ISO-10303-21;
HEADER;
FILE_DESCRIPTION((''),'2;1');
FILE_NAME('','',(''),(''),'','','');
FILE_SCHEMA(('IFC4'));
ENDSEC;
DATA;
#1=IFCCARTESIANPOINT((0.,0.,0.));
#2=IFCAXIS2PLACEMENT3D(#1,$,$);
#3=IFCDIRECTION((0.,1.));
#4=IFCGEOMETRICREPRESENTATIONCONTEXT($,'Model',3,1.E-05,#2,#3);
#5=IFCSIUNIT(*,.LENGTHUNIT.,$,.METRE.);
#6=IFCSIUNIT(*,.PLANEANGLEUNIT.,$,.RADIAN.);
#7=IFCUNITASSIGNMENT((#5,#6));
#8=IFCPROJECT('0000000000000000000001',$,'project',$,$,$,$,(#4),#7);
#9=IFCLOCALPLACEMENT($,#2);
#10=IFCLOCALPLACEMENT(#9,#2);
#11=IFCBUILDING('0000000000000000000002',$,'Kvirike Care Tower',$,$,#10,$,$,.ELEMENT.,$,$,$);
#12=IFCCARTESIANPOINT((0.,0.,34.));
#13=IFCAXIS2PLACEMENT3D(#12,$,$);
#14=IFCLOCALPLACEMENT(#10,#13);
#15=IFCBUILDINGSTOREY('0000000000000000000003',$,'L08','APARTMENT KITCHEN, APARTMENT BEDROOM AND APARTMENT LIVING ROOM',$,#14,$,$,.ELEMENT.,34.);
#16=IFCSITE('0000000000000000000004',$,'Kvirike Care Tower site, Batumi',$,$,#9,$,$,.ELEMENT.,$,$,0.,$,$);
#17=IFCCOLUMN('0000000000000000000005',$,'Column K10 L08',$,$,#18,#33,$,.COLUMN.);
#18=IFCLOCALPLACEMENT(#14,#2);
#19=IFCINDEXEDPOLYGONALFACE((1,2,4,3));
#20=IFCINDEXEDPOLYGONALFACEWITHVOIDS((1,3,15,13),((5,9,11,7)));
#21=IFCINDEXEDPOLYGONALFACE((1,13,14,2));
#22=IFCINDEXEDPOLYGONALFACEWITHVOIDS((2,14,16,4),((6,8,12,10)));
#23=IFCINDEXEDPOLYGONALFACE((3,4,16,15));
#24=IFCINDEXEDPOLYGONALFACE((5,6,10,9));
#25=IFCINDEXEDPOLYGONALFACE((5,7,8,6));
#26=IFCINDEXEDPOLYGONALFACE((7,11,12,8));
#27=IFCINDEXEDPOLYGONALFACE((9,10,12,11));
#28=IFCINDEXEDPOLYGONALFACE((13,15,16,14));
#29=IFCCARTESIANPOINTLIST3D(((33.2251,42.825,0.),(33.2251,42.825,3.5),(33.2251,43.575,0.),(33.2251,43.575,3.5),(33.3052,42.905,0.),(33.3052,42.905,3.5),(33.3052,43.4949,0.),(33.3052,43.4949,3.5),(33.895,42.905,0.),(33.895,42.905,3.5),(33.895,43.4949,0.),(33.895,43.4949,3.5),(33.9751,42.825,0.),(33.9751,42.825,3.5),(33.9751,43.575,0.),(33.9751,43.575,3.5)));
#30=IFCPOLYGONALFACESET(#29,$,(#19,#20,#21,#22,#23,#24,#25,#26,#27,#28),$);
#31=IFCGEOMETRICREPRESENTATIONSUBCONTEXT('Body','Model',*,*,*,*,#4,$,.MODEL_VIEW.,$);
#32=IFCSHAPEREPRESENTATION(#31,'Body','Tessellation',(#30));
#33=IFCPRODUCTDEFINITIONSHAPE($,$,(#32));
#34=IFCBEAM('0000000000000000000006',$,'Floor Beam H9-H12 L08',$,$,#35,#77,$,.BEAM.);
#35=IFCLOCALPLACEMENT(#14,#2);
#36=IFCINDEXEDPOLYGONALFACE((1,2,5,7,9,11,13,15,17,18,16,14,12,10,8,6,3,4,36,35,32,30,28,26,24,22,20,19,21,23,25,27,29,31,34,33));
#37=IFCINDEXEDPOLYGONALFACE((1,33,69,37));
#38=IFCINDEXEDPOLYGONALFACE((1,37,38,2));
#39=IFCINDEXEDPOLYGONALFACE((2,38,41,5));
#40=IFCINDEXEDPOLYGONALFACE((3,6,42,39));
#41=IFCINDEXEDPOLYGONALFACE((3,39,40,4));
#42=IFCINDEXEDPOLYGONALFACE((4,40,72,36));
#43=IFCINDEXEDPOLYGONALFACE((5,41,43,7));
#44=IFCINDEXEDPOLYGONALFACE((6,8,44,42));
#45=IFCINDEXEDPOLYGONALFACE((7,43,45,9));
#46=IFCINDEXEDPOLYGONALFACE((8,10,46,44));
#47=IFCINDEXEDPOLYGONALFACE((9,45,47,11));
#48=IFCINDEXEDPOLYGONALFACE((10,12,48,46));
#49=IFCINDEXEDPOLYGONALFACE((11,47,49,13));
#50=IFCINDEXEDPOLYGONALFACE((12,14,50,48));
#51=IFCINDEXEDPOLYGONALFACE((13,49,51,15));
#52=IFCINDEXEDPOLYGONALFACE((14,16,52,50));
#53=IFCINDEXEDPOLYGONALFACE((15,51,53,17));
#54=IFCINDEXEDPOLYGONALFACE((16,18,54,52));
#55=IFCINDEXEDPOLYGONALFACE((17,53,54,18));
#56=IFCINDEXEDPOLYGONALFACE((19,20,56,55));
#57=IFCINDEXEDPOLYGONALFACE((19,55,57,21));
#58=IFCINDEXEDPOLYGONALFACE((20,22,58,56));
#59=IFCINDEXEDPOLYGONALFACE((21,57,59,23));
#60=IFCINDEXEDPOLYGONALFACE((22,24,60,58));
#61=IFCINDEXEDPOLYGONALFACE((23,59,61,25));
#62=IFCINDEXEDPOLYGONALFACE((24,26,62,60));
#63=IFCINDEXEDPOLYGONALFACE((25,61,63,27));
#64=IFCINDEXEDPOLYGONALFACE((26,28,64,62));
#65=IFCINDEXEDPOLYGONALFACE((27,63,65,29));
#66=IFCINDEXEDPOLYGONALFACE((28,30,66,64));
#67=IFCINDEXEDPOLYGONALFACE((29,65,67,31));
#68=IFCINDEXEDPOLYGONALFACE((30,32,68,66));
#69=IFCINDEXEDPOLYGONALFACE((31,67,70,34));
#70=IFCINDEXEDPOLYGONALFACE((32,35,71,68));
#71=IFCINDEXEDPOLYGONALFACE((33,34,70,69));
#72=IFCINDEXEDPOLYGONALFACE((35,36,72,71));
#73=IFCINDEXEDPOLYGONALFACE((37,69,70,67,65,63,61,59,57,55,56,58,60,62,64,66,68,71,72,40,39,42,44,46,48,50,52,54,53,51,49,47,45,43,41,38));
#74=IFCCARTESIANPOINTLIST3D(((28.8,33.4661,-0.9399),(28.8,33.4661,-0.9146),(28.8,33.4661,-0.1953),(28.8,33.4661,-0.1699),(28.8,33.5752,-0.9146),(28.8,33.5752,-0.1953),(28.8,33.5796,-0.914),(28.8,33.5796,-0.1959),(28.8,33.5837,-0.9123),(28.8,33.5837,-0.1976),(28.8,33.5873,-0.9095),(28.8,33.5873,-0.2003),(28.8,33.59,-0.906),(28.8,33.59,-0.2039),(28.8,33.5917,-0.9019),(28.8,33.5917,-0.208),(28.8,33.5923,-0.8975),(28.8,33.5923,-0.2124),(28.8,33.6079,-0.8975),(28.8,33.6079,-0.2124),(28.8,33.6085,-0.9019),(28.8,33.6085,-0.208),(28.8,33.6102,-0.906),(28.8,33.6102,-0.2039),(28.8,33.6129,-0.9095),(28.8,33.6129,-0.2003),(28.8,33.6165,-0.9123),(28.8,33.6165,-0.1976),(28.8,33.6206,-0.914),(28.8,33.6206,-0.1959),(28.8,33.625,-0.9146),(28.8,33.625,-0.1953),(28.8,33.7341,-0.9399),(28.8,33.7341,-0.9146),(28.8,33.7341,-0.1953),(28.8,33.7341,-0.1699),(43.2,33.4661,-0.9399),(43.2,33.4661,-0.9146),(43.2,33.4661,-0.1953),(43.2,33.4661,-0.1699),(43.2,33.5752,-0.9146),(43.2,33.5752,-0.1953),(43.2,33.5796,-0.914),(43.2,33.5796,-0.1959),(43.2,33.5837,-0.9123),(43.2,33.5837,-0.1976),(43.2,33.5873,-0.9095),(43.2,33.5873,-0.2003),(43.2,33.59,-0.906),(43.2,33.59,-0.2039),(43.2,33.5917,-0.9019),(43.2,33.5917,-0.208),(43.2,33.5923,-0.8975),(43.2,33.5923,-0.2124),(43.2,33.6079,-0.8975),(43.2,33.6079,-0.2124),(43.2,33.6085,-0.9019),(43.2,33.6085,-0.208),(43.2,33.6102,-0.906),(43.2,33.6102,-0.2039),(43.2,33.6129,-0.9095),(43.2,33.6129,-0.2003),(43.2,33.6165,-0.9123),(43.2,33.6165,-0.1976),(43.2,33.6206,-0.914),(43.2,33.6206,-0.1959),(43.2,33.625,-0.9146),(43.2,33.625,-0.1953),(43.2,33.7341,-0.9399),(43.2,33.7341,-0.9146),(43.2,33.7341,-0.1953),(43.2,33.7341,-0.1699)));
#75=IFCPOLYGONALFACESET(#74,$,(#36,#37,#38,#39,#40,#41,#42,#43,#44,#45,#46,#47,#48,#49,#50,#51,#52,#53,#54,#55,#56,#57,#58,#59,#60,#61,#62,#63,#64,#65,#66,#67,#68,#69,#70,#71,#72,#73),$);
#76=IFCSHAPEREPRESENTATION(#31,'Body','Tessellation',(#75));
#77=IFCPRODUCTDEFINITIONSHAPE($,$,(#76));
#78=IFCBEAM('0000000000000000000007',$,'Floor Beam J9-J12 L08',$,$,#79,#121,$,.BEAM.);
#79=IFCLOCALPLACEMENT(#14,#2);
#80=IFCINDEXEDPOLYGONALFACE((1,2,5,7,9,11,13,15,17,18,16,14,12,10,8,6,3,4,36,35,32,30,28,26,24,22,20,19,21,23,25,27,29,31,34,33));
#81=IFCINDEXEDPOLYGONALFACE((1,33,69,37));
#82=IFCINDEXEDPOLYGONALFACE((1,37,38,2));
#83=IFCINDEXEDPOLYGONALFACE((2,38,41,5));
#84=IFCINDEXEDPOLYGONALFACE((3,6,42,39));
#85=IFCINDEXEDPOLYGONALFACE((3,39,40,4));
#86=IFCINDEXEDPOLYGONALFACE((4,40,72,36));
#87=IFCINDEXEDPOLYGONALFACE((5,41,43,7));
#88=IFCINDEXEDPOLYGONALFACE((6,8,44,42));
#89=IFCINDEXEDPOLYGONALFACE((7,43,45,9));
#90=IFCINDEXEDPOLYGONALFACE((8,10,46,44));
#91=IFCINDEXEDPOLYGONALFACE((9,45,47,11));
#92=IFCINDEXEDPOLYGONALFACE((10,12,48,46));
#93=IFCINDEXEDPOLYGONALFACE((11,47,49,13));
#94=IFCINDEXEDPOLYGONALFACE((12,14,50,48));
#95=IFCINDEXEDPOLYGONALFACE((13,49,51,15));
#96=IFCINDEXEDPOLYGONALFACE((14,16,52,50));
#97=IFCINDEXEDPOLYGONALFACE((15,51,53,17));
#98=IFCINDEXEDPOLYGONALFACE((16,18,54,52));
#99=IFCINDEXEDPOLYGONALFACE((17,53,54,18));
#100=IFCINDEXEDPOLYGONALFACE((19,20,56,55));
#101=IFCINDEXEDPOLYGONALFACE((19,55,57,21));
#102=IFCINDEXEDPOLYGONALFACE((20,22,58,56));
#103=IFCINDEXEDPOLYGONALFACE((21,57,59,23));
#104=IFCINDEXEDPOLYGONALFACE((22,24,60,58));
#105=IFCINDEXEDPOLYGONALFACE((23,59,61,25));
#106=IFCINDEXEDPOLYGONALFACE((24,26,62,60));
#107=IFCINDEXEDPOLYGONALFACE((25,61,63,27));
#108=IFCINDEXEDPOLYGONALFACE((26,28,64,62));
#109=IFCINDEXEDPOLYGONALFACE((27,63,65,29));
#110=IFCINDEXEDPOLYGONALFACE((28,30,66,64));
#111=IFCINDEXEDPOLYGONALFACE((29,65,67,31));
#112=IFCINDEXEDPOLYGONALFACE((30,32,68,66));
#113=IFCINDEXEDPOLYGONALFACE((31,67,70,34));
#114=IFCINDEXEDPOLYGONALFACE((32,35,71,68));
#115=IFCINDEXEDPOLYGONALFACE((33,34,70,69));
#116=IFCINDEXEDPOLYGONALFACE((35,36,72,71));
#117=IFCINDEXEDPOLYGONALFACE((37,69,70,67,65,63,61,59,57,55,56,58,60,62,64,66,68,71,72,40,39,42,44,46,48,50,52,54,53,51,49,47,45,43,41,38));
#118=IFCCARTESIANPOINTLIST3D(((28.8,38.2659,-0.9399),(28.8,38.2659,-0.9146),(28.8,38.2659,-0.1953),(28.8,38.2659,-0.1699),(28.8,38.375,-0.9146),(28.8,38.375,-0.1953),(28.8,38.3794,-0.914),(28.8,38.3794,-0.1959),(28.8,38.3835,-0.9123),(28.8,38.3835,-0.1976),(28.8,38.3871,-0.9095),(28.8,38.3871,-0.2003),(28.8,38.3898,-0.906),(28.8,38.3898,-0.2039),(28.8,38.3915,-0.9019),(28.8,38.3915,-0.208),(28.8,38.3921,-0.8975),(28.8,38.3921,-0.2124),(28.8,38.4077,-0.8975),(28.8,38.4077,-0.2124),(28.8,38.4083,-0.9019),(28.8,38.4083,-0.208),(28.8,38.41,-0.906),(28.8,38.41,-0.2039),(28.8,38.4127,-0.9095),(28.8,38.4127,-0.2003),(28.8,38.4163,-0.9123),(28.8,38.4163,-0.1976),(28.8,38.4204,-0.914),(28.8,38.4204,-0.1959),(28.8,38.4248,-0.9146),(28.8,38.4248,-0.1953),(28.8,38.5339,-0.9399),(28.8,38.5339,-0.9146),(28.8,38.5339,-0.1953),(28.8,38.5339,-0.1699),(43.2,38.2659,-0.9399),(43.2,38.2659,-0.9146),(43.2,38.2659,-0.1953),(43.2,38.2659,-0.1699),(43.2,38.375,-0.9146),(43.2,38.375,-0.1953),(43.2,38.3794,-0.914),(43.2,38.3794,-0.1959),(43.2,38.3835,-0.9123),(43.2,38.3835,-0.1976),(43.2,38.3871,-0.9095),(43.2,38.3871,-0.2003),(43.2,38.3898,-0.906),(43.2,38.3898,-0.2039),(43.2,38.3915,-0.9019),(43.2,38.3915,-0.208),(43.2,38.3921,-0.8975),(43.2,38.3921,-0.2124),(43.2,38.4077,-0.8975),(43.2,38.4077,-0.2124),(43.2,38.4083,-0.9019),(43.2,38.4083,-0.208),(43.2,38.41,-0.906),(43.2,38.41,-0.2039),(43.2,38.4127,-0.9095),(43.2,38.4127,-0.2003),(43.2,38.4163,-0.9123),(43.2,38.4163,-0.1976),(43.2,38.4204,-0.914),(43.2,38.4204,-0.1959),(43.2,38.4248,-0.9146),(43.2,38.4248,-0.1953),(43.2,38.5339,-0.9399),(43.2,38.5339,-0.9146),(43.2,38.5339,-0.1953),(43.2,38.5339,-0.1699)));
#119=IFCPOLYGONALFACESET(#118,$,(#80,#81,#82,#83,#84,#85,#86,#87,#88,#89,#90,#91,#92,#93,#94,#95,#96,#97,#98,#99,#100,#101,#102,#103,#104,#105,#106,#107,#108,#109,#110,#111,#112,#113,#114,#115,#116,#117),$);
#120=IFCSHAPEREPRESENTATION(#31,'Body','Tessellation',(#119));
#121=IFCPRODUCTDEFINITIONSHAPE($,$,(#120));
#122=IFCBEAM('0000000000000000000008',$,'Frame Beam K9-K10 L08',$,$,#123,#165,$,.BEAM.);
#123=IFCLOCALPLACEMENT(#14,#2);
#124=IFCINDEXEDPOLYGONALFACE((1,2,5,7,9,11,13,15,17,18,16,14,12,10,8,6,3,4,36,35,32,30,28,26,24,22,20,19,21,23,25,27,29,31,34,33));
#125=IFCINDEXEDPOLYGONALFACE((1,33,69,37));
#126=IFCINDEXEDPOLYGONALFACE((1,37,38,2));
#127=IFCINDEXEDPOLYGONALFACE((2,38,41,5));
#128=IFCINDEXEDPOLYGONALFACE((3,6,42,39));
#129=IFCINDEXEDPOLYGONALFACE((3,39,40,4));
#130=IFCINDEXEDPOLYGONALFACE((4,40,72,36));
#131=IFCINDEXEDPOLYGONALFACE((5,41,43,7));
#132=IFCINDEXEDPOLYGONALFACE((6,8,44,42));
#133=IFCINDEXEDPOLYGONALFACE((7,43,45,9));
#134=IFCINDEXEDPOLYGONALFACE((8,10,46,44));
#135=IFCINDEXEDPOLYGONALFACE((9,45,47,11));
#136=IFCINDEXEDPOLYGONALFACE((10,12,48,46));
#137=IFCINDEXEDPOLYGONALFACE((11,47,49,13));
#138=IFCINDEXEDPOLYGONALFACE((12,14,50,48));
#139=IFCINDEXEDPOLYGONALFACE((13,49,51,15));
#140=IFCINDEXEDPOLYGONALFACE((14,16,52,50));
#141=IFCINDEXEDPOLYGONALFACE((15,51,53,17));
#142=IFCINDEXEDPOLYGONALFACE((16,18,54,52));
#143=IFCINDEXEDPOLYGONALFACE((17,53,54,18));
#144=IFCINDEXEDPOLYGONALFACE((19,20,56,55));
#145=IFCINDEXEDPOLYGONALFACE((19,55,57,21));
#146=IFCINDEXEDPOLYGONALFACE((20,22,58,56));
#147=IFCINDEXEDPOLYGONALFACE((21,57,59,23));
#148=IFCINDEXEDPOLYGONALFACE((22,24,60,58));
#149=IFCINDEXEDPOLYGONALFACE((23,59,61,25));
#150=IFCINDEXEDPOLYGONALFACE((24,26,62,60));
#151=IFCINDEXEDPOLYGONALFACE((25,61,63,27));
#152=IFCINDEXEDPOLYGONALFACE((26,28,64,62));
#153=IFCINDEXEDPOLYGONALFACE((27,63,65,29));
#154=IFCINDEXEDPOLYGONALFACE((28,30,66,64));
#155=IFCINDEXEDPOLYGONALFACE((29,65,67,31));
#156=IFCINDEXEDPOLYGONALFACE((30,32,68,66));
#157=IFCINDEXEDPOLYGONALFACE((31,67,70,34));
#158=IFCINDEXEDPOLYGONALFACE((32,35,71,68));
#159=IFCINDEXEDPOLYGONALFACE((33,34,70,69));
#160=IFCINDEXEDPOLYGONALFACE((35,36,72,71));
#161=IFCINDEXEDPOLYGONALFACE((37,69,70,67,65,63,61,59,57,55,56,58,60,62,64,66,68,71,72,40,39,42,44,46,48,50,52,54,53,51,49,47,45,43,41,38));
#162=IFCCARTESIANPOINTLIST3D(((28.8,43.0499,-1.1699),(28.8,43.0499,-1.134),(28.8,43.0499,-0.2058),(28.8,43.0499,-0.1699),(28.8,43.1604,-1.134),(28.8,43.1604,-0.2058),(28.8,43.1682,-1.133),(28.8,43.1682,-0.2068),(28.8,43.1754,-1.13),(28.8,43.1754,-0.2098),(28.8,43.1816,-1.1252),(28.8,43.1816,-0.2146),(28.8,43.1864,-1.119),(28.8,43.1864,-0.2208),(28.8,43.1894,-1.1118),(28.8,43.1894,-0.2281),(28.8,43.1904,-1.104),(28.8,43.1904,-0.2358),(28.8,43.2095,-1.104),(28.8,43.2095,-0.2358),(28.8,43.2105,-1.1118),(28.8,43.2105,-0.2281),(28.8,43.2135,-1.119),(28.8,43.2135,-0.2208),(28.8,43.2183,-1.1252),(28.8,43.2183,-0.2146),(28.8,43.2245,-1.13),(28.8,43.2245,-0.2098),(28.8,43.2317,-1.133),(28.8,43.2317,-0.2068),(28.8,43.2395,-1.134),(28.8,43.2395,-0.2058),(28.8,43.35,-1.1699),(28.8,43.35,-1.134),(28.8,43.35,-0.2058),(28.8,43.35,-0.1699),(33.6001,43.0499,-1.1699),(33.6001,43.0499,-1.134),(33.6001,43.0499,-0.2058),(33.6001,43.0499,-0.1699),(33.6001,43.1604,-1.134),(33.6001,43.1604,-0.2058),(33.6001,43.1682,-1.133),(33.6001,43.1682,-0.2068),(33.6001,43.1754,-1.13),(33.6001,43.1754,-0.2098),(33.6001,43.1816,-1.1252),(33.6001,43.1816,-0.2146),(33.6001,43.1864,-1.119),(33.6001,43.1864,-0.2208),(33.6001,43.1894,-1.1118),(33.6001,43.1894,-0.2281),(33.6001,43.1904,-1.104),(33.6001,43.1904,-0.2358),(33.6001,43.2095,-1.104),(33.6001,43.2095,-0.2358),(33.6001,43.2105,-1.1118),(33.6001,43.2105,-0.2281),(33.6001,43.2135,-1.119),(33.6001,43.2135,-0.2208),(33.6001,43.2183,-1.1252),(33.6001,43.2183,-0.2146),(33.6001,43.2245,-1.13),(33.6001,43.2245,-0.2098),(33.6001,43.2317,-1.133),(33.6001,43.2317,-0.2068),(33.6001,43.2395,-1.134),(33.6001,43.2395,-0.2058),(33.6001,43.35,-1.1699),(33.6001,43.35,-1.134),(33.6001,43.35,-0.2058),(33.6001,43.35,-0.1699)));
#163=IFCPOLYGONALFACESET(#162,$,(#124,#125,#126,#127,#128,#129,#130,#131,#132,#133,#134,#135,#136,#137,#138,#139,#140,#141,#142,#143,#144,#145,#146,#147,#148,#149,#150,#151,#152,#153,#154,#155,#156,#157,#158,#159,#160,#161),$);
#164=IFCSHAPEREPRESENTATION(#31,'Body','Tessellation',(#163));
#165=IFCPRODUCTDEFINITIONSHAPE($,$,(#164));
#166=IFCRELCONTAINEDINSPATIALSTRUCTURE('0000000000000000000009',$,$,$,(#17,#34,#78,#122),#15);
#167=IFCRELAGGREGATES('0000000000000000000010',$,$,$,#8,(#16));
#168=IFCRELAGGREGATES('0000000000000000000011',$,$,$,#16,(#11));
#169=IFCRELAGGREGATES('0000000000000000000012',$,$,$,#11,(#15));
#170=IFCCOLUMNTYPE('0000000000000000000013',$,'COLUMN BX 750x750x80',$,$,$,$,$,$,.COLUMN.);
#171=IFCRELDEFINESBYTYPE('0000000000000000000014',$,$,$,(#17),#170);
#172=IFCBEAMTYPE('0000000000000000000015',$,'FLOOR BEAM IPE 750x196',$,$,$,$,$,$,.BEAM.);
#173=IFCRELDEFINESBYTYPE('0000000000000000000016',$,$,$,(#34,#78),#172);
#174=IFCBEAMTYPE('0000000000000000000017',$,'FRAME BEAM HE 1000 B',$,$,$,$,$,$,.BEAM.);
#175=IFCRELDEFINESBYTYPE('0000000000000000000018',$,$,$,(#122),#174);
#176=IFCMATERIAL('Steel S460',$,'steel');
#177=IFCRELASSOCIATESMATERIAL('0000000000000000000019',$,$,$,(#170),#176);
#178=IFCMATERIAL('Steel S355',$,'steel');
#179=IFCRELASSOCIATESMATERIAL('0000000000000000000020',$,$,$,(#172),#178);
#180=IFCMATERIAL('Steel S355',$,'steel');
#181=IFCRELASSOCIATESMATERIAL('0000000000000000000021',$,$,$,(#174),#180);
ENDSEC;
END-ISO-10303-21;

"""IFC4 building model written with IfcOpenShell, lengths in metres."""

from ifc_helpers import new_model, si_unit, direction, frame, origin, origin_2d, place, context, subcontext, project, spatial, hollow_rectangle, i_section, extrude, material, material_profile, profile_set, type_object, element, save


model = new_model("IFC4")

# Units and contexts
model_context = context("Model", 3, precision=1e-05, world=origin(), true_north=direction((0.0, 1.0)))
body_context = subcontext(model_context, "Body", "Model", "MODEL_VIEW")
ifc_project = project(units=[si_unit("LENGTHUNIT", "METRE"), si_unit("PLANEANGLEUNIT", "RADIAN")], contexts=[model_context])

# Site, building, storey
site_placement = place(None, origin())
site = spatial("IfcSite", under=ifc_project, at=site_placement, Name="Kvirike Care Tower site, Batumi", CompositionType="ELEMENT", RefElevation=0.0)
building_placement = place(site_placement, origin())
building = spatial("IfcBuilding", under=site, at=building_placement, Name="Kvirike Care Tower", CompositionType="ELEMENT")
storey_placement = place(building_placement, frame((0.0, 0.0, 34.0)))
storey = spatial("IfcBuildingStorey", under=building, at=storey_placement, Name="L08", Description="APARTMENT KITCHEN, APARTMENT BEDROOM AND APARTMENT LIVING ROOM", CompositionType="ELEMENT", Elevation=34.0)

# Column
ifc_material_1 = material(Name="Steel S460", Category="steel")
ifc_material_profile_1 = material_profile(ifc_material_1, hollow_rectangle(XDim=0.75, YDim=0.75, WallThickness=0.0801, at=origin_2d()), Name="BX 750x750x80")
ifc_profile_set_1 = profile_set([ifc_material_profile_1], Name="Steel S460")
column_type = type_object("IfcColumnType", Name="COLUMN BX 750x750x80", PredefinedType="COLUMN", material=ifc_profile_set_1)
column_placement = place(storey_placement, frame((33.6001, 43.2, 0.0), z_axis=(0.0, 0.0, 1.0), x_axis=(0.0, 1.0, 0.0)))
element("IfcColumn", 1, at=column_placement, inside=storey, type_object=column_type, Name="Column K10 L08", PredefinedType="COLUMN", context=body_context, shape_type="SweptSolid", body=[
    extrude(hollow_rectangle(XDim=0.75, YDim=0.75, WallThickness=0.0801, at=origin_2d()), origin(), (0.0, 0.0, 1.0), 3.5),
])

# Beams
ifc_material_2 = material(Name="Steel S355", Category="steel")
ifc_material_profile_2 = material_profile(ifc_material_2, i_section(OverallWidth=0.2681, OverallDepth=0.77, WebThickness=0.0156, FlangeThickness=0.0254, FilletRadius=0.0171, at=origin_2d()), Name="IPE 750x196")
ifc_profile_set_2 = profile_set([ifc_material_profile_2], Name="Steel S355")
beam_type_1 = type_object("IfcBeamType", Name="FLOOR BEAM IPE 750x196", PredefinedType="BEAM", material=ifc_profile_set_2)
for number, where, z_axis, x_axis, name in (
    (2, (28.8, 33.6001, -0.5549), (1.0, 0.0, 0.0), (0.0, 1.0, 0.0), "Floor Beam H9-H12 L08"),
    (3, (28.8, 38.3999, -0.5549), (1.0, 0.0, 0.0), (0.0, 1.0, 0.0), "Floor Beam J9-J12 L08"),
):
    element("IfcBeam", number, at=place(storey_placement, frame(where, z_axis=z_axis, x_axis=x_axis)), inside=storey, type_object=beam_type_1, Name=name, PredefinedType="BEAM", context=body_context, shape_type="SweptSolid", body=[
        extrude(i_section(OverallWidth=0.2681, OverallDepth=0.77, WebThickness=0.0156, FlangeThickness=0.0254, FilletRadius=0.0171, at=origin_2d()), origin(), (0.0, 0.0, 1.0), 14.3999),
    ])
ifc_material_3 = material(Name="Steel S355", Category="steel")
ifc_material_profile_3 = material_profile(ifc_material_3, i_section(OverallWidth=0.3, OverallDepth=1.0, WebThickness=0.019, FlangeThickness=0.0359, FilletRadius=0.03, at=origin_2d()), Name="HE 1000 B")
ifc_profile_set_3 = profile_set([ifc_material_profile_3], Name="Steel S355")
beam_type_2 = type_object("IfcBeamType", Name="FRAME BEAM HE 1000 B", PredefinedType="BEAM", material=ifc_profile_set_3)
for number, where, z_axis, x_axis, name in (
    (4, (28.8, 43.2, -0.6699), (1.0, 0.0, 0.0), (0.0, 1.0, 0.0), "Frame Beam K9-K10 L08"),
):
    element("IfcBeam", number, at=place(storey_placement, frame(where, z_axis=z_axis, x_axis=x_axis)), inside=storey, type_object=beam_type_2, Name=name, PredefinedType="BEAM", context=body_context, shape_type="SweptSolid", body=[
        extrude(i_section(OverallWidth=0.3, OverallDepth=1.0, WebThickness=0.019, FlangeThickness=0.0359, FilletRadius=0.03, at=origin_2d()), origin(), (0.0, 0.0, 1.0), 4.8),
    ])

save(model, "model.ifc")
